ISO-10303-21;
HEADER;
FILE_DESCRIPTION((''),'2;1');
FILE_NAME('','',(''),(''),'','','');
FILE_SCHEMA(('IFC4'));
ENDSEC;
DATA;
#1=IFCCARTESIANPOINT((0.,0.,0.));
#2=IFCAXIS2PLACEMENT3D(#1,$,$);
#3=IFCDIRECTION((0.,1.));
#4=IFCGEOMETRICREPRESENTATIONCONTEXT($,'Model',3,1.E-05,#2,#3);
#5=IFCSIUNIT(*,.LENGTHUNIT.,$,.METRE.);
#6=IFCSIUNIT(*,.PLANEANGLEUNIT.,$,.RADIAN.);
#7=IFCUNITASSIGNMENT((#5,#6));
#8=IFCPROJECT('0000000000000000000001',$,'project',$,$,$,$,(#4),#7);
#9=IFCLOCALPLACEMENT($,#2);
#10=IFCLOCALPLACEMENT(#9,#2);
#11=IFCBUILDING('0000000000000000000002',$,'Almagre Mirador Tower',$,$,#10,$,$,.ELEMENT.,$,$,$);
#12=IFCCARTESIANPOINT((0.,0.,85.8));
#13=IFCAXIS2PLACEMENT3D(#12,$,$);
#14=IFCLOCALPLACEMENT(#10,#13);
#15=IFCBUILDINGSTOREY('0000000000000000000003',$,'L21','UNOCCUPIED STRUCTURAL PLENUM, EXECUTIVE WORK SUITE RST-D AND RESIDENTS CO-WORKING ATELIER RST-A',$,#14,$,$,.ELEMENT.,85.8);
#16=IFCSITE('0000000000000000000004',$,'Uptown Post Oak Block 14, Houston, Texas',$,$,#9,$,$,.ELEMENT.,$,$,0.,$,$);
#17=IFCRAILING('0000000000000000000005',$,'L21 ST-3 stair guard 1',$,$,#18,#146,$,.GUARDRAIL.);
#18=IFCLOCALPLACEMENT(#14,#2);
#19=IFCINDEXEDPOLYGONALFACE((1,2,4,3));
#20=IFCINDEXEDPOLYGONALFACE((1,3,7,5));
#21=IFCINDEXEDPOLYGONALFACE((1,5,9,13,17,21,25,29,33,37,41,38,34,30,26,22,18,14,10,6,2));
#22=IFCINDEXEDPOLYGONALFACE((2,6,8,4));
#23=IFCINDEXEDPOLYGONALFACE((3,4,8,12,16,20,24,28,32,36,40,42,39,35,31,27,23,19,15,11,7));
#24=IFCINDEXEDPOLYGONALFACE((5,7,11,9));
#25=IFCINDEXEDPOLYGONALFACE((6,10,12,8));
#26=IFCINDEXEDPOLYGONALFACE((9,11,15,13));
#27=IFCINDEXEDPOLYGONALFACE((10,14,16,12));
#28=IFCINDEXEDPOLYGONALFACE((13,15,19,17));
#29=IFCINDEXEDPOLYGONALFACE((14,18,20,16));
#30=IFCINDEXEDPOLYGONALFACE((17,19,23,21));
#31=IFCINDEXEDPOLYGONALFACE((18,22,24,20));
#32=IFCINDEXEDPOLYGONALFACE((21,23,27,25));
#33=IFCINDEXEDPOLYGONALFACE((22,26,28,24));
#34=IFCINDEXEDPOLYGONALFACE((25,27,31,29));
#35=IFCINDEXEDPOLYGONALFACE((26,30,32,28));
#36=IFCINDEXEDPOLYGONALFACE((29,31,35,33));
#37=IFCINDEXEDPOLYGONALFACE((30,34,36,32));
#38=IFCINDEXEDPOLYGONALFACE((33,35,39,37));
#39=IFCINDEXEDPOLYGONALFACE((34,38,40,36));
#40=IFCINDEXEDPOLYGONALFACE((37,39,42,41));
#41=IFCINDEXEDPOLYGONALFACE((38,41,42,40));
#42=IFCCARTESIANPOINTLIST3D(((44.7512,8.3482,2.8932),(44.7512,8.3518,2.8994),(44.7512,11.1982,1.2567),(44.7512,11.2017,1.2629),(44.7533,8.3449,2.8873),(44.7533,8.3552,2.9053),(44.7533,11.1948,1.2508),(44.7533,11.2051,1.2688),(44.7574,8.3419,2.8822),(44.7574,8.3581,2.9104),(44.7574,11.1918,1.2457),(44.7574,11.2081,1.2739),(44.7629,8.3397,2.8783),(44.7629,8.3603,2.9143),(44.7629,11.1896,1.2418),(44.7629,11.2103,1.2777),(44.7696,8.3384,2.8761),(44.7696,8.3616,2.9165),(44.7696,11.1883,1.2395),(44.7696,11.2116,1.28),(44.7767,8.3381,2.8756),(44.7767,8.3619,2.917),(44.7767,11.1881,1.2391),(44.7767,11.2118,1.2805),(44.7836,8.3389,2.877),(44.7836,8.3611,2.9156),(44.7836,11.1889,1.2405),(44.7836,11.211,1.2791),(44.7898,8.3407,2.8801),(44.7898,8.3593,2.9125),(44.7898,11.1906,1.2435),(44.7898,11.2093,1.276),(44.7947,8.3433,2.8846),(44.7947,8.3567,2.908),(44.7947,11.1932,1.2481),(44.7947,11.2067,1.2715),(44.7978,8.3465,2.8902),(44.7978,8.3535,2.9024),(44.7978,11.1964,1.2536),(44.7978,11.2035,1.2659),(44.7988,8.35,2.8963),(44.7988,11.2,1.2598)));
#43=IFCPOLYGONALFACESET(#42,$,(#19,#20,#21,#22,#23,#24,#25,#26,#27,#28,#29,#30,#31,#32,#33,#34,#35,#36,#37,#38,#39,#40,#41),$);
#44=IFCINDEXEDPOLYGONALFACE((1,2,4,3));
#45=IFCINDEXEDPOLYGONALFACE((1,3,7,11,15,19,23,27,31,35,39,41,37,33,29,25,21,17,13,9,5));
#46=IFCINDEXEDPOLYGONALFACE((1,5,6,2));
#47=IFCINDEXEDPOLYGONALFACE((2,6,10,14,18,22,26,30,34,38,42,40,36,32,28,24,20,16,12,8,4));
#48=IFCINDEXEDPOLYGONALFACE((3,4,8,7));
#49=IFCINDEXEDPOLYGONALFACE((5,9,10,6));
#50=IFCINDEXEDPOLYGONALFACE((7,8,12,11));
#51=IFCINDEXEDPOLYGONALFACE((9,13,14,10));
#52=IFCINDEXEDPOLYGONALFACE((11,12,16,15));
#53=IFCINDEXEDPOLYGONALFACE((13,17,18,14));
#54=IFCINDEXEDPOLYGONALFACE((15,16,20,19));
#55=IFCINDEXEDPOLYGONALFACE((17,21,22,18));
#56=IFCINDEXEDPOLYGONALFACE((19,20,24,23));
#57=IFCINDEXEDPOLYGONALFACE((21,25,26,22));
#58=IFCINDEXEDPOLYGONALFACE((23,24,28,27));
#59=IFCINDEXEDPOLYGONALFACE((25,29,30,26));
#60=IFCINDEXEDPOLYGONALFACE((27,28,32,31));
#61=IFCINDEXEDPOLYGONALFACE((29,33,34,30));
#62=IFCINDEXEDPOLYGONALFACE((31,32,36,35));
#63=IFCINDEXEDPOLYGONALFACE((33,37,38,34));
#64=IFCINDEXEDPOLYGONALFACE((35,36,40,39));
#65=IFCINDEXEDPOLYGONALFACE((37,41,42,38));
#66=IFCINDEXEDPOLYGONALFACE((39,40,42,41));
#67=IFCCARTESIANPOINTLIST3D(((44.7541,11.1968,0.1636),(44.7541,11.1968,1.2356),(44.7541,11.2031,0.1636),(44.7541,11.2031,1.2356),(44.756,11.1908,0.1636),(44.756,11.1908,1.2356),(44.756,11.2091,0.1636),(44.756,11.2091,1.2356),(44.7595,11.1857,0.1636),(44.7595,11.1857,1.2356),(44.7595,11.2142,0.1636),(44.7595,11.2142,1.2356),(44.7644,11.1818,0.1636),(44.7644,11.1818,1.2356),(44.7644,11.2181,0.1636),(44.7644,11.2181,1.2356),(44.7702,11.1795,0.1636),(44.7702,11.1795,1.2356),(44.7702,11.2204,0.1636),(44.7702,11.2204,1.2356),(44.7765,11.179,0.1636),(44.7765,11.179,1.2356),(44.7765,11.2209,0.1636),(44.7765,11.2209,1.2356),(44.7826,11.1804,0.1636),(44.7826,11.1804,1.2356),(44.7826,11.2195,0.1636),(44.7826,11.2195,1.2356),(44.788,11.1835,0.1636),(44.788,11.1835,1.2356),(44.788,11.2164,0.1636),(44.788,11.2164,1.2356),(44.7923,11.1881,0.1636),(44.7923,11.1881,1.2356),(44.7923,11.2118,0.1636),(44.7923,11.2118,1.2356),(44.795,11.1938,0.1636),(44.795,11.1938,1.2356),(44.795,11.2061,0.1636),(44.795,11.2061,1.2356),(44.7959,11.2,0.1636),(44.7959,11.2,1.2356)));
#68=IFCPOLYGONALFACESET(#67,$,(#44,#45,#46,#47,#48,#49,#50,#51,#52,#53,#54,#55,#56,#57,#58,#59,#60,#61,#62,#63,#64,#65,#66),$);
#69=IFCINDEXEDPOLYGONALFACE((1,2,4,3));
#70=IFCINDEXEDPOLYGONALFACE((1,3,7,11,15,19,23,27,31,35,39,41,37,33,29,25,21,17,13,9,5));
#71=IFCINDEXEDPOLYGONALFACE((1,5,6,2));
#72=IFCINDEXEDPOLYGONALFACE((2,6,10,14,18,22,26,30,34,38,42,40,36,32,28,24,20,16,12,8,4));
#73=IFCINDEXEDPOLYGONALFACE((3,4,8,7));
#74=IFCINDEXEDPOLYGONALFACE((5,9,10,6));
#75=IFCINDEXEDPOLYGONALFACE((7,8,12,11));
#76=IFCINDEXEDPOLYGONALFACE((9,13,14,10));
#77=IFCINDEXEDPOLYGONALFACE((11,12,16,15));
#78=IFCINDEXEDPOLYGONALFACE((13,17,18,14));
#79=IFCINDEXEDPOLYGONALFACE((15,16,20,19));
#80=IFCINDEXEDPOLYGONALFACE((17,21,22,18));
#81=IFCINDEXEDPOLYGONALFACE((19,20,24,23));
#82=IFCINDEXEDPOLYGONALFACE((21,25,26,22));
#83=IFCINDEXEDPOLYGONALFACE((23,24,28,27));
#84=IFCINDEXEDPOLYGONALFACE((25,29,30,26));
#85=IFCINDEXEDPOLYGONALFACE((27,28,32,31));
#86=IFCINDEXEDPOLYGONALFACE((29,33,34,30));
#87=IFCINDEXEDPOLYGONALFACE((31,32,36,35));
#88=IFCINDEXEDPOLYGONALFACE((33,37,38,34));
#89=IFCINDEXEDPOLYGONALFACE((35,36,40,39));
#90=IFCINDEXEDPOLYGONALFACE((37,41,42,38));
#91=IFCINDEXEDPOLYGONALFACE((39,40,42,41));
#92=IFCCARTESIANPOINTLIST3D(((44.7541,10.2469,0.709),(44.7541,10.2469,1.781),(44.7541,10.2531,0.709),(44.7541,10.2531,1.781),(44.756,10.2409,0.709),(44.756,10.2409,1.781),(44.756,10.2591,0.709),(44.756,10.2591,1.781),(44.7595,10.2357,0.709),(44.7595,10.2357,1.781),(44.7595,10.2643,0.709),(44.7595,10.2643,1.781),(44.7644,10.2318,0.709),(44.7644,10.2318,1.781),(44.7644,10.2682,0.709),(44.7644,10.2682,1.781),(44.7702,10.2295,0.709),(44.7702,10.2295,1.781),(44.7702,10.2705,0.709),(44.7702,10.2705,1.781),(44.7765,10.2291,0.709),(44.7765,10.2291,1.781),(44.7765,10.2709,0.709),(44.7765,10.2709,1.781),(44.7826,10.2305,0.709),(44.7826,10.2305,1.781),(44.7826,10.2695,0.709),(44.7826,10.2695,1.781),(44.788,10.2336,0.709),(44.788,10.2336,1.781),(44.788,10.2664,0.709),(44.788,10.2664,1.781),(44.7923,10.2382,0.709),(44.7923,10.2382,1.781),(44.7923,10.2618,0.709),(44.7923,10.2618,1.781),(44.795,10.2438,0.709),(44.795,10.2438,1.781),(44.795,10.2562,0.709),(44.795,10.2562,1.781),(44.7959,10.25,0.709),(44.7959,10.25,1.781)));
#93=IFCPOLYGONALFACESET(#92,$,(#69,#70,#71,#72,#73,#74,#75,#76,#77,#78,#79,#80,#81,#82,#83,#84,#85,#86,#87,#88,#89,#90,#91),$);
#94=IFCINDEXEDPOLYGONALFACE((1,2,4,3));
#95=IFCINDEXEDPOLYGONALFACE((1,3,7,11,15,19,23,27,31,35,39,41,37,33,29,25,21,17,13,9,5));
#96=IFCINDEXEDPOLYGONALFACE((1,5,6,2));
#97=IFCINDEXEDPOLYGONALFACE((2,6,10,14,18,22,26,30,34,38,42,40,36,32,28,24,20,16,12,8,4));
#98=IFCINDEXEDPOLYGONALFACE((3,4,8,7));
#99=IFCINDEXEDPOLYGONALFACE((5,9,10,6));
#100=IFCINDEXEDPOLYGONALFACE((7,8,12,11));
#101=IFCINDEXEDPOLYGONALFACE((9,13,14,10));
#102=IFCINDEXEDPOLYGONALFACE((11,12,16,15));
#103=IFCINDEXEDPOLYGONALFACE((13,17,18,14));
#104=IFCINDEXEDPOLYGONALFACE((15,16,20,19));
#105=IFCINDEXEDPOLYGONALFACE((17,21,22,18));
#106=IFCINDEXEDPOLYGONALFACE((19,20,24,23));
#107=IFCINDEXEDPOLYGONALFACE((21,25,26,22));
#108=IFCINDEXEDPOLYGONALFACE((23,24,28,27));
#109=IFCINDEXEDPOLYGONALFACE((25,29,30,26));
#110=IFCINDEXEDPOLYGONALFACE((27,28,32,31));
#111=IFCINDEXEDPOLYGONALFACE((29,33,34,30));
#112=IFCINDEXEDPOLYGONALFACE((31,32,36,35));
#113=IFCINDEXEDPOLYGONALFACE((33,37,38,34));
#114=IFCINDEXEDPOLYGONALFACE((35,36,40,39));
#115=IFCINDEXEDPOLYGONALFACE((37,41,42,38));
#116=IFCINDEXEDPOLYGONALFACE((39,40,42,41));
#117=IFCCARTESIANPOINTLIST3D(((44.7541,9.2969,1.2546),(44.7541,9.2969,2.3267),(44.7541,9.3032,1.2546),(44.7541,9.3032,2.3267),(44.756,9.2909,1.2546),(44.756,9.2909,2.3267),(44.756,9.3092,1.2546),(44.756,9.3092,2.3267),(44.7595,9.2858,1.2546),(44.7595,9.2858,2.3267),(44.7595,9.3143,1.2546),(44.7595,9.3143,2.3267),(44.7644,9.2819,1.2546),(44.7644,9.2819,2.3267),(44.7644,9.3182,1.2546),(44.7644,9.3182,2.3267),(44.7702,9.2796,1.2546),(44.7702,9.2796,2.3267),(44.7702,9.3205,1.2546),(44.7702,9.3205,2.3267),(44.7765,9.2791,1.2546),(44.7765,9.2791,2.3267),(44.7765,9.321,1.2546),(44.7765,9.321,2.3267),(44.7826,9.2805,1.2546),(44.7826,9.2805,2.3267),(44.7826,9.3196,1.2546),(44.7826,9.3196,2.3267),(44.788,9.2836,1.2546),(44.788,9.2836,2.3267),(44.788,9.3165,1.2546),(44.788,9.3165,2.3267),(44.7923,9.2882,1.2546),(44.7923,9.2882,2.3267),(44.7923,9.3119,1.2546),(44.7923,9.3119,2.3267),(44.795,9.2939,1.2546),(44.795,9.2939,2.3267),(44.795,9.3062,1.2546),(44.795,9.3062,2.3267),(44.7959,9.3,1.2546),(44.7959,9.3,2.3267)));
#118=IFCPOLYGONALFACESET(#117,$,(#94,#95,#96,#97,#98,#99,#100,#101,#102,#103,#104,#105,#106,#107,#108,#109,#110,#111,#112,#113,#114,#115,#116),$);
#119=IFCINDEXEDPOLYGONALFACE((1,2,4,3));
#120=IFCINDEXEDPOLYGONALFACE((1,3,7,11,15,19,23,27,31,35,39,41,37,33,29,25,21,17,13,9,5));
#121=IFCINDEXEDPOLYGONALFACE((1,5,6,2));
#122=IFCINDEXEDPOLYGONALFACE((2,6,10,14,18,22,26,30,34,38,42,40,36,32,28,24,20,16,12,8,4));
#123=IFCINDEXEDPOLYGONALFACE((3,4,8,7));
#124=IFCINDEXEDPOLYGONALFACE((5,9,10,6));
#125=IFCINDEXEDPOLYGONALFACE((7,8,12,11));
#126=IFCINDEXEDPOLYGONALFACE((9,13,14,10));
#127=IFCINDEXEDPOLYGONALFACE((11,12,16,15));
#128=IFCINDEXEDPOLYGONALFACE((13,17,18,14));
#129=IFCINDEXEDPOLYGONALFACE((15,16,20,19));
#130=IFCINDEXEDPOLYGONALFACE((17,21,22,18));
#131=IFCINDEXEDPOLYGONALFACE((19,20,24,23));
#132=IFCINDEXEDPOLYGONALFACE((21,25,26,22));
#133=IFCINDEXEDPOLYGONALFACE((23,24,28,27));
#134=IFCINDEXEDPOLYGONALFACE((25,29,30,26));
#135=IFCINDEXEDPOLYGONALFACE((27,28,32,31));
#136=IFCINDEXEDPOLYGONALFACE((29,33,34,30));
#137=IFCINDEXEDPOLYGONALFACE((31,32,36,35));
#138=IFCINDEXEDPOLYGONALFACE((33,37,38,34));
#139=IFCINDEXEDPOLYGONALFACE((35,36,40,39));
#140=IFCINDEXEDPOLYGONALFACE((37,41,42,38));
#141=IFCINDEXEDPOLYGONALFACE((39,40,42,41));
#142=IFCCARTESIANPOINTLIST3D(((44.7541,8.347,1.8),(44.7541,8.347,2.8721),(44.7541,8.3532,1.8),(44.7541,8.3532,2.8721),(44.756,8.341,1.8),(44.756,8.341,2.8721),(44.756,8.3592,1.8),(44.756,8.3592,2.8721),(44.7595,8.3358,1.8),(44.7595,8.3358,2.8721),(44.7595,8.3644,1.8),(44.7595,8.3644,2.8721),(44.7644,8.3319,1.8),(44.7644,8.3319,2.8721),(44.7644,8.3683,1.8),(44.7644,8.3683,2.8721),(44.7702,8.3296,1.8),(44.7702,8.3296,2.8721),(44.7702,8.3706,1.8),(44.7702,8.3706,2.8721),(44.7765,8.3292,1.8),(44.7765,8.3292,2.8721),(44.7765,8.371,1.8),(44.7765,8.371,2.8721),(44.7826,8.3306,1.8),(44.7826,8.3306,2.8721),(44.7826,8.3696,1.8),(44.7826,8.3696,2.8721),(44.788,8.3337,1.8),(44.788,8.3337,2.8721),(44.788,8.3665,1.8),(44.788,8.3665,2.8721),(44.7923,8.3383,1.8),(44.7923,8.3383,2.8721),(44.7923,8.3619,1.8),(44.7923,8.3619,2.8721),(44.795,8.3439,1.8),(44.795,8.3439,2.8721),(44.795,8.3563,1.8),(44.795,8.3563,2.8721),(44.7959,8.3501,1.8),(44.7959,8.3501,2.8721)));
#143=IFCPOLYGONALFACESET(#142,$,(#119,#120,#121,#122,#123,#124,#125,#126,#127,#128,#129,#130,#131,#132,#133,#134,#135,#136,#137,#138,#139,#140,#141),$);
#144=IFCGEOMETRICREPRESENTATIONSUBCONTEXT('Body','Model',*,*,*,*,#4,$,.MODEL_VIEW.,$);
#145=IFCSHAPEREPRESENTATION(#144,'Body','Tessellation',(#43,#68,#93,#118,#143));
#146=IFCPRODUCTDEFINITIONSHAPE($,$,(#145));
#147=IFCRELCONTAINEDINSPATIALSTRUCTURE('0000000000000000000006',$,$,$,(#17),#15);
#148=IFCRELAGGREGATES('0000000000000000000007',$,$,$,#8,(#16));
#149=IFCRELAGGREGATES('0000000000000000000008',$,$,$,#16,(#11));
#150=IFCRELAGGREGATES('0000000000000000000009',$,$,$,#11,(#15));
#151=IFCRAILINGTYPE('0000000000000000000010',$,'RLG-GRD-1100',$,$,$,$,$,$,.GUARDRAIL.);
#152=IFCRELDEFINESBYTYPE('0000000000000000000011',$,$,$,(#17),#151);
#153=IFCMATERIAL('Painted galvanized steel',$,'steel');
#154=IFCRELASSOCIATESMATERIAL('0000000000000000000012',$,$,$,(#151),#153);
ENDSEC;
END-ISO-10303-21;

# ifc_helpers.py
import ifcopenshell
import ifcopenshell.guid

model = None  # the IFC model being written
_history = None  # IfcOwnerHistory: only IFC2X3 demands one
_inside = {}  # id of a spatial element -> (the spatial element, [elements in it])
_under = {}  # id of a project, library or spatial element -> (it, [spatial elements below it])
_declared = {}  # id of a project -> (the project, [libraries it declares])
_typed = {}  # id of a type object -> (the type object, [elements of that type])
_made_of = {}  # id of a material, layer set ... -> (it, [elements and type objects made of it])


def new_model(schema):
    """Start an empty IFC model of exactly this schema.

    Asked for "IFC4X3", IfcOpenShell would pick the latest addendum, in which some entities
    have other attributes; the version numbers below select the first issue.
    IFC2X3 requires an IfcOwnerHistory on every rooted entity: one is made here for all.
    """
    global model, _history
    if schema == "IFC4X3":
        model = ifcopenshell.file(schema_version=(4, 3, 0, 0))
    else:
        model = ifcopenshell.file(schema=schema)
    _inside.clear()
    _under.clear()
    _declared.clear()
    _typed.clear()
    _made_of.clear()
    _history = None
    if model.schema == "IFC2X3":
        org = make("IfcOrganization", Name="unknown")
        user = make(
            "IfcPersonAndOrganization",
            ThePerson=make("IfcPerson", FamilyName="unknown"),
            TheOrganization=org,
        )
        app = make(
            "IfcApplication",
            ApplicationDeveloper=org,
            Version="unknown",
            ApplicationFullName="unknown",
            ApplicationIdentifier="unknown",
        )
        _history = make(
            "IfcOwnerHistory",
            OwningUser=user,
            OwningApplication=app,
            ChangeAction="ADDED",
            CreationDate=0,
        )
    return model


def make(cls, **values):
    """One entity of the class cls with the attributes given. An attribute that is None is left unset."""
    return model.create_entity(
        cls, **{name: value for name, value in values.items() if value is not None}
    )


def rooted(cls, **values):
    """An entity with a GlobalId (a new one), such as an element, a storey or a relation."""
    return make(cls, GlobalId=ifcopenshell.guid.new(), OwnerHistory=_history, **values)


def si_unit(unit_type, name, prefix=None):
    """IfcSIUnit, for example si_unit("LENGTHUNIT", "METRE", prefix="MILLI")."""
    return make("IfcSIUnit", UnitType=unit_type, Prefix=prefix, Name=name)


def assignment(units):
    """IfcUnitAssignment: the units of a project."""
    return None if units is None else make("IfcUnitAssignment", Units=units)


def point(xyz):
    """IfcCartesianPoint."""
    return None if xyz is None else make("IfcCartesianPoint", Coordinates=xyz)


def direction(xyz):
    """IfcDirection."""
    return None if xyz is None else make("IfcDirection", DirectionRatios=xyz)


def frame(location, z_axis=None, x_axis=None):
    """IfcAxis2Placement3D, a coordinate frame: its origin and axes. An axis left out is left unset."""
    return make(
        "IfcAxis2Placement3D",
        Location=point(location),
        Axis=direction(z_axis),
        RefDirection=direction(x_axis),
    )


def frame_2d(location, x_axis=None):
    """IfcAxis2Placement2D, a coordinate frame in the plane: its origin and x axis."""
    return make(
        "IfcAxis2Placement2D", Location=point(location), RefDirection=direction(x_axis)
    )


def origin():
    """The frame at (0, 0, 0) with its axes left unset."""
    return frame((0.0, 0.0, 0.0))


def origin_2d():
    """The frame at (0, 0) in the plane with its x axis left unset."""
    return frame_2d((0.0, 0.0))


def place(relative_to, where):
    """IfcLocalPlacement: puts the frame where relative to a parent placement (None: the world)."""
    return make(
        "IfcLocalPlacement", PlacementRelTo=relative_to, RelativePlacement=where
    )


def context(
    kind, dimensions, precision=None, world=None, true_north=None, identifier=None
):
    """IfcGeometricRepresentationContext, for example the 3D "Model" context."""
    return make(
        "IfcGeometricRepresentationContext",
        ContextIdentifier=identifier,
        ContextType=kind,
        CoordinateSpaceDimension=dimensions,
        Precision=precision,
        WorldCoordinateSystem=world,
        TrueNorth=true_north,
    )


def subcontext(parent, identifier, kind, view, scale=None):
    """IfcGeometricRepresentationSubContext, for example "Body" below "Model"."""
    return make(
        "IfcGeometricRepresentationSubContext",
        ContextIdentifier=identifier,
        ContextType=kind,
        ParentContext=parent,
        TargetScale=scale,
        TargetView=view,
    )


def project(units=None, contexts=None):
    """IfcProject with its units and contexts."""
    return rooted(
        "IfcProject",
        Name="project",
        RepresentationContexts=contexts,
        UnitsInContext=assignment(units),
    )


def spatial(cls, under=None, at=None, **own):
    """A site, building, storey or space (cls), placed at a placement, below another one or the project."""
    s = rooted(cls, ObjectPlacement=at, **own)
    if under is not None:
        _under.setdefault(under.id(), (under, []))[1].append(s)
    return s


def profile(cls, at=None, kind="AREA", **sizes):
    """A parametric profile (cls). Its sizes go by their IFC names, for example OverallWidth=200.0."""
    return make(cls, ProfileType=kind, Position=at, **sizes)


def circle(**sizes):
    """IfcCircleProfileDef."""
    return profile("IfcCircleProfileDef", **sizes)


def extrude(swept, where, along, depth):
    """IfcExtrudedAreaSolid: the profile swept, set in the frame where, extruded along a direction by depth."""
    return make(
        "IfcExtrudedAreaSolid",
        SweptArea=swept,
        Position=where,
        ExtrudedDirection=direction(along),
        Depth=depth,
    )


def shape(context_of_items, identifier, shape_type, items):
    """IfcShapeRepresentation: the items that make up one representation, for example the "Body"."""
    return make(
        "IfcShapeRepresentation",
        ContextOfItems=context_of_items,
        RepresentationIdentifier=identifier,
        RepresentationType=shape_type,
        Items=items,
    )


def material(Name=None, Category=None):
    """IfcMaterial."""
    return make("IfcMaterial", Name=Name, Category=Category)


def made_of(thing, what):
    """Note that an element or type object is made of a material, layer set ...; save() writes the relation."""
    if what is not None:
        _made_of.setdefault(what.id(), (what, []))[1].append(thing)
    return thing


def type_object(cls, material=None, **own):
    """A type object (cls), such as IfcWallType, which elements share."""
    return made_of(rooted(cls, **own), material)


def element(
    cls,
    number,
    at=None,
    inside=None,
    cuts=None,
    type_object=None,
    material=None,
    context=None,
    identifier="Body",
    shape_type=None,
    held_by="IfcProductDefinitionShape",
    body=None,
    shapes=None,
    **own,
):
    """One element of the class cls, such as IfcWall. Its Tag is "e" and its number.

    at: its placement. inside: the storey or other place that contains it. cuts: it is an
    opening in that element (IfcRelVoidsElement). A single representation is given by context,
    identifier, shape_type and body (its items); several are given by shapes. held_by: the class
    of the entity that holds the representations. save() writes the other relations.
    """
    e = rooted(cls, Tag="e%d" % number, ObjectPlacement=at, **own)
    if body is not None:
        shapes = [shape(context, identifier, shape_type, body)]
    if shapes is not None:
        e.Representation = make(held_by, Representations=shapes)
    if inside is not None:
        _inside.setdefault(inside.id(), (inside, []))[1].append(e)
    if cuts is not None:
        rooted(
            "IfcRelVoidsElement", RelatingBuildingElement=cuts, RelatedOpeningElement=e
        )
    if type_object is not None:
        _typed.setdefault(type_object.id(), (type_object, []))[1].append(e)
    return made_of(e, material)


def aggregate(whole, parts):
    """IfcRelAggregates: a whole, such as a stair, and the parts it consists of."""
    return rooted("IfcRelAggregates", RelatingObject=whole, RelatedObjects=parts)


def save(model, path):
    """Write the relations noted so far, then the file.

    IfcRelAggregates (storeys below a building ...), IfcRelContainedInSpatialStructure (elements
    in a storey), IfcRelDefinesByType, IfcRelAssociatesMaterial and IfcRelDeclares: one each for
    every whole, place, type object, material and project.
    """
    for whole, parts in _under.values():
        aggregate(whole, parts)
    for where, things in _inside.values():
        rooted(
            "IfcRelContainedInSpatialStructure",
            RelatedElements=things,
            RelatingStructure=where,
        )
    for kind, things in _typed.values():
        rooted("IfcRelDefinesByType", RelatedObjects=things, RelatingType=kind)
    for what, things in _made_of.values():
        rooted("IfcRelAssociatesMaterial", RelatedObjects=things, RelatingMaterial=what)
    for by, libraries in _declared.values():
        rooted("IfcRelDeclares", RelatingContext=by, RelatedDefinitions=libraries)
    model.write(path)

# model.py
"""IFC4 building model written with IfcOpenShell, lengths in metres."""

from ifc_helpers import new_model, si_unit, direction, frame, origin, origin_2d, place, context, subcontext, project, spatial, circle, extrude, material, type_object, element, save


model = new_model("IFC4")

# Units and contexts
model_context = context("Model", 3, precision=1e-05, world=origin(), true_north=direction((0.0, 1.0)))
body_context = subcontext(model_context, "Body", "Model", "MODEL_VIEW")
ifc_project = project(units=[si_unit("LENGTHUNIT", "METRE"), si_unit("PLANEANGLEUNIT", "RADIAN")], contexts=[model_context])

# Site, building, storey
site_placement = place(None, origin())
site = spatial("IfcSite", under=ifc_project, at=site_placement, Name="Uptown Post Oak Block 14, Houston, Texas", CompositionType="ELEMENT", RefElevation=0.0)
building_placement = place(site_placement, origin())
building = spatial("IfcBuilding", under=site, at=building_placement, Name="Almagre Mirador Tower", CompositionType="ELEMENT")
storey_placement = place(building_placement, frame((0.0, 0.0, 85.8)))
storey = spatial("IfcBuildingStorey", under=building, at=storey_placement, Name="L21", Description="UNOCCUPIED STRUCTURAL PLENUM, EXECUTIVE WORK SUITE RST-D AND RESIDENTS CO-WORKING ATELIER RST-A", CompositionType="ELEMENT", Elevation=85.8)

# Railing
ifc_material_1 = material(Name="Painted galvanized steel", Category="steel")
railing_type_1 = type_object("IfcRailingType", Name="RLG-GRD-1100", PredefinedType="GUARDRAIL", material=ifc_material_1)
railing_1_placement = place(storey_placement, frame((44.7749, 11.2, 0.1636)))
element("IfcRailing", 1, at=railing_1_placement, inside=storey, type_object=railing_type_1, Name="L21 ST-3 stair guard 1", PredefinedType="GUARDRAIL", context=body_context, shape_type="SweptSolid", body=[
    extrude(circle(Radius=0.0239, at=origin_2d()), frame((0.0, 0.0, 1.0962), z_axis=(0.0, -0.867194, 0.49797), x_axis=(1.0, 0.0, 0.0)), (0.0, 0.0, 1.0), 3.2864),
    extrude(circle(Radius=0.021, at=origin_2d()), origin(), (0.0, 0.0, 1.0), 1.072),
    extrude(circle(Radius=0.021, at=origin_2d()), frame((0.0, -0.95, 0.5454)), (0.0, 0.0, 1.0), 1.072),
    extrude(circle(Radius=0.021, at=origin_2d()), frame((0.0, -1.8999, 1.0911)), (0.0, 0.0, 1.0), 1.072),
    extrude(circle(Radius=0.021, at=origin_2d()), frame((0.0, -2.8499, 1.6365)), (0.0, 0.0, 1.0), 1.072),
])

save(model, "model.ifc")
